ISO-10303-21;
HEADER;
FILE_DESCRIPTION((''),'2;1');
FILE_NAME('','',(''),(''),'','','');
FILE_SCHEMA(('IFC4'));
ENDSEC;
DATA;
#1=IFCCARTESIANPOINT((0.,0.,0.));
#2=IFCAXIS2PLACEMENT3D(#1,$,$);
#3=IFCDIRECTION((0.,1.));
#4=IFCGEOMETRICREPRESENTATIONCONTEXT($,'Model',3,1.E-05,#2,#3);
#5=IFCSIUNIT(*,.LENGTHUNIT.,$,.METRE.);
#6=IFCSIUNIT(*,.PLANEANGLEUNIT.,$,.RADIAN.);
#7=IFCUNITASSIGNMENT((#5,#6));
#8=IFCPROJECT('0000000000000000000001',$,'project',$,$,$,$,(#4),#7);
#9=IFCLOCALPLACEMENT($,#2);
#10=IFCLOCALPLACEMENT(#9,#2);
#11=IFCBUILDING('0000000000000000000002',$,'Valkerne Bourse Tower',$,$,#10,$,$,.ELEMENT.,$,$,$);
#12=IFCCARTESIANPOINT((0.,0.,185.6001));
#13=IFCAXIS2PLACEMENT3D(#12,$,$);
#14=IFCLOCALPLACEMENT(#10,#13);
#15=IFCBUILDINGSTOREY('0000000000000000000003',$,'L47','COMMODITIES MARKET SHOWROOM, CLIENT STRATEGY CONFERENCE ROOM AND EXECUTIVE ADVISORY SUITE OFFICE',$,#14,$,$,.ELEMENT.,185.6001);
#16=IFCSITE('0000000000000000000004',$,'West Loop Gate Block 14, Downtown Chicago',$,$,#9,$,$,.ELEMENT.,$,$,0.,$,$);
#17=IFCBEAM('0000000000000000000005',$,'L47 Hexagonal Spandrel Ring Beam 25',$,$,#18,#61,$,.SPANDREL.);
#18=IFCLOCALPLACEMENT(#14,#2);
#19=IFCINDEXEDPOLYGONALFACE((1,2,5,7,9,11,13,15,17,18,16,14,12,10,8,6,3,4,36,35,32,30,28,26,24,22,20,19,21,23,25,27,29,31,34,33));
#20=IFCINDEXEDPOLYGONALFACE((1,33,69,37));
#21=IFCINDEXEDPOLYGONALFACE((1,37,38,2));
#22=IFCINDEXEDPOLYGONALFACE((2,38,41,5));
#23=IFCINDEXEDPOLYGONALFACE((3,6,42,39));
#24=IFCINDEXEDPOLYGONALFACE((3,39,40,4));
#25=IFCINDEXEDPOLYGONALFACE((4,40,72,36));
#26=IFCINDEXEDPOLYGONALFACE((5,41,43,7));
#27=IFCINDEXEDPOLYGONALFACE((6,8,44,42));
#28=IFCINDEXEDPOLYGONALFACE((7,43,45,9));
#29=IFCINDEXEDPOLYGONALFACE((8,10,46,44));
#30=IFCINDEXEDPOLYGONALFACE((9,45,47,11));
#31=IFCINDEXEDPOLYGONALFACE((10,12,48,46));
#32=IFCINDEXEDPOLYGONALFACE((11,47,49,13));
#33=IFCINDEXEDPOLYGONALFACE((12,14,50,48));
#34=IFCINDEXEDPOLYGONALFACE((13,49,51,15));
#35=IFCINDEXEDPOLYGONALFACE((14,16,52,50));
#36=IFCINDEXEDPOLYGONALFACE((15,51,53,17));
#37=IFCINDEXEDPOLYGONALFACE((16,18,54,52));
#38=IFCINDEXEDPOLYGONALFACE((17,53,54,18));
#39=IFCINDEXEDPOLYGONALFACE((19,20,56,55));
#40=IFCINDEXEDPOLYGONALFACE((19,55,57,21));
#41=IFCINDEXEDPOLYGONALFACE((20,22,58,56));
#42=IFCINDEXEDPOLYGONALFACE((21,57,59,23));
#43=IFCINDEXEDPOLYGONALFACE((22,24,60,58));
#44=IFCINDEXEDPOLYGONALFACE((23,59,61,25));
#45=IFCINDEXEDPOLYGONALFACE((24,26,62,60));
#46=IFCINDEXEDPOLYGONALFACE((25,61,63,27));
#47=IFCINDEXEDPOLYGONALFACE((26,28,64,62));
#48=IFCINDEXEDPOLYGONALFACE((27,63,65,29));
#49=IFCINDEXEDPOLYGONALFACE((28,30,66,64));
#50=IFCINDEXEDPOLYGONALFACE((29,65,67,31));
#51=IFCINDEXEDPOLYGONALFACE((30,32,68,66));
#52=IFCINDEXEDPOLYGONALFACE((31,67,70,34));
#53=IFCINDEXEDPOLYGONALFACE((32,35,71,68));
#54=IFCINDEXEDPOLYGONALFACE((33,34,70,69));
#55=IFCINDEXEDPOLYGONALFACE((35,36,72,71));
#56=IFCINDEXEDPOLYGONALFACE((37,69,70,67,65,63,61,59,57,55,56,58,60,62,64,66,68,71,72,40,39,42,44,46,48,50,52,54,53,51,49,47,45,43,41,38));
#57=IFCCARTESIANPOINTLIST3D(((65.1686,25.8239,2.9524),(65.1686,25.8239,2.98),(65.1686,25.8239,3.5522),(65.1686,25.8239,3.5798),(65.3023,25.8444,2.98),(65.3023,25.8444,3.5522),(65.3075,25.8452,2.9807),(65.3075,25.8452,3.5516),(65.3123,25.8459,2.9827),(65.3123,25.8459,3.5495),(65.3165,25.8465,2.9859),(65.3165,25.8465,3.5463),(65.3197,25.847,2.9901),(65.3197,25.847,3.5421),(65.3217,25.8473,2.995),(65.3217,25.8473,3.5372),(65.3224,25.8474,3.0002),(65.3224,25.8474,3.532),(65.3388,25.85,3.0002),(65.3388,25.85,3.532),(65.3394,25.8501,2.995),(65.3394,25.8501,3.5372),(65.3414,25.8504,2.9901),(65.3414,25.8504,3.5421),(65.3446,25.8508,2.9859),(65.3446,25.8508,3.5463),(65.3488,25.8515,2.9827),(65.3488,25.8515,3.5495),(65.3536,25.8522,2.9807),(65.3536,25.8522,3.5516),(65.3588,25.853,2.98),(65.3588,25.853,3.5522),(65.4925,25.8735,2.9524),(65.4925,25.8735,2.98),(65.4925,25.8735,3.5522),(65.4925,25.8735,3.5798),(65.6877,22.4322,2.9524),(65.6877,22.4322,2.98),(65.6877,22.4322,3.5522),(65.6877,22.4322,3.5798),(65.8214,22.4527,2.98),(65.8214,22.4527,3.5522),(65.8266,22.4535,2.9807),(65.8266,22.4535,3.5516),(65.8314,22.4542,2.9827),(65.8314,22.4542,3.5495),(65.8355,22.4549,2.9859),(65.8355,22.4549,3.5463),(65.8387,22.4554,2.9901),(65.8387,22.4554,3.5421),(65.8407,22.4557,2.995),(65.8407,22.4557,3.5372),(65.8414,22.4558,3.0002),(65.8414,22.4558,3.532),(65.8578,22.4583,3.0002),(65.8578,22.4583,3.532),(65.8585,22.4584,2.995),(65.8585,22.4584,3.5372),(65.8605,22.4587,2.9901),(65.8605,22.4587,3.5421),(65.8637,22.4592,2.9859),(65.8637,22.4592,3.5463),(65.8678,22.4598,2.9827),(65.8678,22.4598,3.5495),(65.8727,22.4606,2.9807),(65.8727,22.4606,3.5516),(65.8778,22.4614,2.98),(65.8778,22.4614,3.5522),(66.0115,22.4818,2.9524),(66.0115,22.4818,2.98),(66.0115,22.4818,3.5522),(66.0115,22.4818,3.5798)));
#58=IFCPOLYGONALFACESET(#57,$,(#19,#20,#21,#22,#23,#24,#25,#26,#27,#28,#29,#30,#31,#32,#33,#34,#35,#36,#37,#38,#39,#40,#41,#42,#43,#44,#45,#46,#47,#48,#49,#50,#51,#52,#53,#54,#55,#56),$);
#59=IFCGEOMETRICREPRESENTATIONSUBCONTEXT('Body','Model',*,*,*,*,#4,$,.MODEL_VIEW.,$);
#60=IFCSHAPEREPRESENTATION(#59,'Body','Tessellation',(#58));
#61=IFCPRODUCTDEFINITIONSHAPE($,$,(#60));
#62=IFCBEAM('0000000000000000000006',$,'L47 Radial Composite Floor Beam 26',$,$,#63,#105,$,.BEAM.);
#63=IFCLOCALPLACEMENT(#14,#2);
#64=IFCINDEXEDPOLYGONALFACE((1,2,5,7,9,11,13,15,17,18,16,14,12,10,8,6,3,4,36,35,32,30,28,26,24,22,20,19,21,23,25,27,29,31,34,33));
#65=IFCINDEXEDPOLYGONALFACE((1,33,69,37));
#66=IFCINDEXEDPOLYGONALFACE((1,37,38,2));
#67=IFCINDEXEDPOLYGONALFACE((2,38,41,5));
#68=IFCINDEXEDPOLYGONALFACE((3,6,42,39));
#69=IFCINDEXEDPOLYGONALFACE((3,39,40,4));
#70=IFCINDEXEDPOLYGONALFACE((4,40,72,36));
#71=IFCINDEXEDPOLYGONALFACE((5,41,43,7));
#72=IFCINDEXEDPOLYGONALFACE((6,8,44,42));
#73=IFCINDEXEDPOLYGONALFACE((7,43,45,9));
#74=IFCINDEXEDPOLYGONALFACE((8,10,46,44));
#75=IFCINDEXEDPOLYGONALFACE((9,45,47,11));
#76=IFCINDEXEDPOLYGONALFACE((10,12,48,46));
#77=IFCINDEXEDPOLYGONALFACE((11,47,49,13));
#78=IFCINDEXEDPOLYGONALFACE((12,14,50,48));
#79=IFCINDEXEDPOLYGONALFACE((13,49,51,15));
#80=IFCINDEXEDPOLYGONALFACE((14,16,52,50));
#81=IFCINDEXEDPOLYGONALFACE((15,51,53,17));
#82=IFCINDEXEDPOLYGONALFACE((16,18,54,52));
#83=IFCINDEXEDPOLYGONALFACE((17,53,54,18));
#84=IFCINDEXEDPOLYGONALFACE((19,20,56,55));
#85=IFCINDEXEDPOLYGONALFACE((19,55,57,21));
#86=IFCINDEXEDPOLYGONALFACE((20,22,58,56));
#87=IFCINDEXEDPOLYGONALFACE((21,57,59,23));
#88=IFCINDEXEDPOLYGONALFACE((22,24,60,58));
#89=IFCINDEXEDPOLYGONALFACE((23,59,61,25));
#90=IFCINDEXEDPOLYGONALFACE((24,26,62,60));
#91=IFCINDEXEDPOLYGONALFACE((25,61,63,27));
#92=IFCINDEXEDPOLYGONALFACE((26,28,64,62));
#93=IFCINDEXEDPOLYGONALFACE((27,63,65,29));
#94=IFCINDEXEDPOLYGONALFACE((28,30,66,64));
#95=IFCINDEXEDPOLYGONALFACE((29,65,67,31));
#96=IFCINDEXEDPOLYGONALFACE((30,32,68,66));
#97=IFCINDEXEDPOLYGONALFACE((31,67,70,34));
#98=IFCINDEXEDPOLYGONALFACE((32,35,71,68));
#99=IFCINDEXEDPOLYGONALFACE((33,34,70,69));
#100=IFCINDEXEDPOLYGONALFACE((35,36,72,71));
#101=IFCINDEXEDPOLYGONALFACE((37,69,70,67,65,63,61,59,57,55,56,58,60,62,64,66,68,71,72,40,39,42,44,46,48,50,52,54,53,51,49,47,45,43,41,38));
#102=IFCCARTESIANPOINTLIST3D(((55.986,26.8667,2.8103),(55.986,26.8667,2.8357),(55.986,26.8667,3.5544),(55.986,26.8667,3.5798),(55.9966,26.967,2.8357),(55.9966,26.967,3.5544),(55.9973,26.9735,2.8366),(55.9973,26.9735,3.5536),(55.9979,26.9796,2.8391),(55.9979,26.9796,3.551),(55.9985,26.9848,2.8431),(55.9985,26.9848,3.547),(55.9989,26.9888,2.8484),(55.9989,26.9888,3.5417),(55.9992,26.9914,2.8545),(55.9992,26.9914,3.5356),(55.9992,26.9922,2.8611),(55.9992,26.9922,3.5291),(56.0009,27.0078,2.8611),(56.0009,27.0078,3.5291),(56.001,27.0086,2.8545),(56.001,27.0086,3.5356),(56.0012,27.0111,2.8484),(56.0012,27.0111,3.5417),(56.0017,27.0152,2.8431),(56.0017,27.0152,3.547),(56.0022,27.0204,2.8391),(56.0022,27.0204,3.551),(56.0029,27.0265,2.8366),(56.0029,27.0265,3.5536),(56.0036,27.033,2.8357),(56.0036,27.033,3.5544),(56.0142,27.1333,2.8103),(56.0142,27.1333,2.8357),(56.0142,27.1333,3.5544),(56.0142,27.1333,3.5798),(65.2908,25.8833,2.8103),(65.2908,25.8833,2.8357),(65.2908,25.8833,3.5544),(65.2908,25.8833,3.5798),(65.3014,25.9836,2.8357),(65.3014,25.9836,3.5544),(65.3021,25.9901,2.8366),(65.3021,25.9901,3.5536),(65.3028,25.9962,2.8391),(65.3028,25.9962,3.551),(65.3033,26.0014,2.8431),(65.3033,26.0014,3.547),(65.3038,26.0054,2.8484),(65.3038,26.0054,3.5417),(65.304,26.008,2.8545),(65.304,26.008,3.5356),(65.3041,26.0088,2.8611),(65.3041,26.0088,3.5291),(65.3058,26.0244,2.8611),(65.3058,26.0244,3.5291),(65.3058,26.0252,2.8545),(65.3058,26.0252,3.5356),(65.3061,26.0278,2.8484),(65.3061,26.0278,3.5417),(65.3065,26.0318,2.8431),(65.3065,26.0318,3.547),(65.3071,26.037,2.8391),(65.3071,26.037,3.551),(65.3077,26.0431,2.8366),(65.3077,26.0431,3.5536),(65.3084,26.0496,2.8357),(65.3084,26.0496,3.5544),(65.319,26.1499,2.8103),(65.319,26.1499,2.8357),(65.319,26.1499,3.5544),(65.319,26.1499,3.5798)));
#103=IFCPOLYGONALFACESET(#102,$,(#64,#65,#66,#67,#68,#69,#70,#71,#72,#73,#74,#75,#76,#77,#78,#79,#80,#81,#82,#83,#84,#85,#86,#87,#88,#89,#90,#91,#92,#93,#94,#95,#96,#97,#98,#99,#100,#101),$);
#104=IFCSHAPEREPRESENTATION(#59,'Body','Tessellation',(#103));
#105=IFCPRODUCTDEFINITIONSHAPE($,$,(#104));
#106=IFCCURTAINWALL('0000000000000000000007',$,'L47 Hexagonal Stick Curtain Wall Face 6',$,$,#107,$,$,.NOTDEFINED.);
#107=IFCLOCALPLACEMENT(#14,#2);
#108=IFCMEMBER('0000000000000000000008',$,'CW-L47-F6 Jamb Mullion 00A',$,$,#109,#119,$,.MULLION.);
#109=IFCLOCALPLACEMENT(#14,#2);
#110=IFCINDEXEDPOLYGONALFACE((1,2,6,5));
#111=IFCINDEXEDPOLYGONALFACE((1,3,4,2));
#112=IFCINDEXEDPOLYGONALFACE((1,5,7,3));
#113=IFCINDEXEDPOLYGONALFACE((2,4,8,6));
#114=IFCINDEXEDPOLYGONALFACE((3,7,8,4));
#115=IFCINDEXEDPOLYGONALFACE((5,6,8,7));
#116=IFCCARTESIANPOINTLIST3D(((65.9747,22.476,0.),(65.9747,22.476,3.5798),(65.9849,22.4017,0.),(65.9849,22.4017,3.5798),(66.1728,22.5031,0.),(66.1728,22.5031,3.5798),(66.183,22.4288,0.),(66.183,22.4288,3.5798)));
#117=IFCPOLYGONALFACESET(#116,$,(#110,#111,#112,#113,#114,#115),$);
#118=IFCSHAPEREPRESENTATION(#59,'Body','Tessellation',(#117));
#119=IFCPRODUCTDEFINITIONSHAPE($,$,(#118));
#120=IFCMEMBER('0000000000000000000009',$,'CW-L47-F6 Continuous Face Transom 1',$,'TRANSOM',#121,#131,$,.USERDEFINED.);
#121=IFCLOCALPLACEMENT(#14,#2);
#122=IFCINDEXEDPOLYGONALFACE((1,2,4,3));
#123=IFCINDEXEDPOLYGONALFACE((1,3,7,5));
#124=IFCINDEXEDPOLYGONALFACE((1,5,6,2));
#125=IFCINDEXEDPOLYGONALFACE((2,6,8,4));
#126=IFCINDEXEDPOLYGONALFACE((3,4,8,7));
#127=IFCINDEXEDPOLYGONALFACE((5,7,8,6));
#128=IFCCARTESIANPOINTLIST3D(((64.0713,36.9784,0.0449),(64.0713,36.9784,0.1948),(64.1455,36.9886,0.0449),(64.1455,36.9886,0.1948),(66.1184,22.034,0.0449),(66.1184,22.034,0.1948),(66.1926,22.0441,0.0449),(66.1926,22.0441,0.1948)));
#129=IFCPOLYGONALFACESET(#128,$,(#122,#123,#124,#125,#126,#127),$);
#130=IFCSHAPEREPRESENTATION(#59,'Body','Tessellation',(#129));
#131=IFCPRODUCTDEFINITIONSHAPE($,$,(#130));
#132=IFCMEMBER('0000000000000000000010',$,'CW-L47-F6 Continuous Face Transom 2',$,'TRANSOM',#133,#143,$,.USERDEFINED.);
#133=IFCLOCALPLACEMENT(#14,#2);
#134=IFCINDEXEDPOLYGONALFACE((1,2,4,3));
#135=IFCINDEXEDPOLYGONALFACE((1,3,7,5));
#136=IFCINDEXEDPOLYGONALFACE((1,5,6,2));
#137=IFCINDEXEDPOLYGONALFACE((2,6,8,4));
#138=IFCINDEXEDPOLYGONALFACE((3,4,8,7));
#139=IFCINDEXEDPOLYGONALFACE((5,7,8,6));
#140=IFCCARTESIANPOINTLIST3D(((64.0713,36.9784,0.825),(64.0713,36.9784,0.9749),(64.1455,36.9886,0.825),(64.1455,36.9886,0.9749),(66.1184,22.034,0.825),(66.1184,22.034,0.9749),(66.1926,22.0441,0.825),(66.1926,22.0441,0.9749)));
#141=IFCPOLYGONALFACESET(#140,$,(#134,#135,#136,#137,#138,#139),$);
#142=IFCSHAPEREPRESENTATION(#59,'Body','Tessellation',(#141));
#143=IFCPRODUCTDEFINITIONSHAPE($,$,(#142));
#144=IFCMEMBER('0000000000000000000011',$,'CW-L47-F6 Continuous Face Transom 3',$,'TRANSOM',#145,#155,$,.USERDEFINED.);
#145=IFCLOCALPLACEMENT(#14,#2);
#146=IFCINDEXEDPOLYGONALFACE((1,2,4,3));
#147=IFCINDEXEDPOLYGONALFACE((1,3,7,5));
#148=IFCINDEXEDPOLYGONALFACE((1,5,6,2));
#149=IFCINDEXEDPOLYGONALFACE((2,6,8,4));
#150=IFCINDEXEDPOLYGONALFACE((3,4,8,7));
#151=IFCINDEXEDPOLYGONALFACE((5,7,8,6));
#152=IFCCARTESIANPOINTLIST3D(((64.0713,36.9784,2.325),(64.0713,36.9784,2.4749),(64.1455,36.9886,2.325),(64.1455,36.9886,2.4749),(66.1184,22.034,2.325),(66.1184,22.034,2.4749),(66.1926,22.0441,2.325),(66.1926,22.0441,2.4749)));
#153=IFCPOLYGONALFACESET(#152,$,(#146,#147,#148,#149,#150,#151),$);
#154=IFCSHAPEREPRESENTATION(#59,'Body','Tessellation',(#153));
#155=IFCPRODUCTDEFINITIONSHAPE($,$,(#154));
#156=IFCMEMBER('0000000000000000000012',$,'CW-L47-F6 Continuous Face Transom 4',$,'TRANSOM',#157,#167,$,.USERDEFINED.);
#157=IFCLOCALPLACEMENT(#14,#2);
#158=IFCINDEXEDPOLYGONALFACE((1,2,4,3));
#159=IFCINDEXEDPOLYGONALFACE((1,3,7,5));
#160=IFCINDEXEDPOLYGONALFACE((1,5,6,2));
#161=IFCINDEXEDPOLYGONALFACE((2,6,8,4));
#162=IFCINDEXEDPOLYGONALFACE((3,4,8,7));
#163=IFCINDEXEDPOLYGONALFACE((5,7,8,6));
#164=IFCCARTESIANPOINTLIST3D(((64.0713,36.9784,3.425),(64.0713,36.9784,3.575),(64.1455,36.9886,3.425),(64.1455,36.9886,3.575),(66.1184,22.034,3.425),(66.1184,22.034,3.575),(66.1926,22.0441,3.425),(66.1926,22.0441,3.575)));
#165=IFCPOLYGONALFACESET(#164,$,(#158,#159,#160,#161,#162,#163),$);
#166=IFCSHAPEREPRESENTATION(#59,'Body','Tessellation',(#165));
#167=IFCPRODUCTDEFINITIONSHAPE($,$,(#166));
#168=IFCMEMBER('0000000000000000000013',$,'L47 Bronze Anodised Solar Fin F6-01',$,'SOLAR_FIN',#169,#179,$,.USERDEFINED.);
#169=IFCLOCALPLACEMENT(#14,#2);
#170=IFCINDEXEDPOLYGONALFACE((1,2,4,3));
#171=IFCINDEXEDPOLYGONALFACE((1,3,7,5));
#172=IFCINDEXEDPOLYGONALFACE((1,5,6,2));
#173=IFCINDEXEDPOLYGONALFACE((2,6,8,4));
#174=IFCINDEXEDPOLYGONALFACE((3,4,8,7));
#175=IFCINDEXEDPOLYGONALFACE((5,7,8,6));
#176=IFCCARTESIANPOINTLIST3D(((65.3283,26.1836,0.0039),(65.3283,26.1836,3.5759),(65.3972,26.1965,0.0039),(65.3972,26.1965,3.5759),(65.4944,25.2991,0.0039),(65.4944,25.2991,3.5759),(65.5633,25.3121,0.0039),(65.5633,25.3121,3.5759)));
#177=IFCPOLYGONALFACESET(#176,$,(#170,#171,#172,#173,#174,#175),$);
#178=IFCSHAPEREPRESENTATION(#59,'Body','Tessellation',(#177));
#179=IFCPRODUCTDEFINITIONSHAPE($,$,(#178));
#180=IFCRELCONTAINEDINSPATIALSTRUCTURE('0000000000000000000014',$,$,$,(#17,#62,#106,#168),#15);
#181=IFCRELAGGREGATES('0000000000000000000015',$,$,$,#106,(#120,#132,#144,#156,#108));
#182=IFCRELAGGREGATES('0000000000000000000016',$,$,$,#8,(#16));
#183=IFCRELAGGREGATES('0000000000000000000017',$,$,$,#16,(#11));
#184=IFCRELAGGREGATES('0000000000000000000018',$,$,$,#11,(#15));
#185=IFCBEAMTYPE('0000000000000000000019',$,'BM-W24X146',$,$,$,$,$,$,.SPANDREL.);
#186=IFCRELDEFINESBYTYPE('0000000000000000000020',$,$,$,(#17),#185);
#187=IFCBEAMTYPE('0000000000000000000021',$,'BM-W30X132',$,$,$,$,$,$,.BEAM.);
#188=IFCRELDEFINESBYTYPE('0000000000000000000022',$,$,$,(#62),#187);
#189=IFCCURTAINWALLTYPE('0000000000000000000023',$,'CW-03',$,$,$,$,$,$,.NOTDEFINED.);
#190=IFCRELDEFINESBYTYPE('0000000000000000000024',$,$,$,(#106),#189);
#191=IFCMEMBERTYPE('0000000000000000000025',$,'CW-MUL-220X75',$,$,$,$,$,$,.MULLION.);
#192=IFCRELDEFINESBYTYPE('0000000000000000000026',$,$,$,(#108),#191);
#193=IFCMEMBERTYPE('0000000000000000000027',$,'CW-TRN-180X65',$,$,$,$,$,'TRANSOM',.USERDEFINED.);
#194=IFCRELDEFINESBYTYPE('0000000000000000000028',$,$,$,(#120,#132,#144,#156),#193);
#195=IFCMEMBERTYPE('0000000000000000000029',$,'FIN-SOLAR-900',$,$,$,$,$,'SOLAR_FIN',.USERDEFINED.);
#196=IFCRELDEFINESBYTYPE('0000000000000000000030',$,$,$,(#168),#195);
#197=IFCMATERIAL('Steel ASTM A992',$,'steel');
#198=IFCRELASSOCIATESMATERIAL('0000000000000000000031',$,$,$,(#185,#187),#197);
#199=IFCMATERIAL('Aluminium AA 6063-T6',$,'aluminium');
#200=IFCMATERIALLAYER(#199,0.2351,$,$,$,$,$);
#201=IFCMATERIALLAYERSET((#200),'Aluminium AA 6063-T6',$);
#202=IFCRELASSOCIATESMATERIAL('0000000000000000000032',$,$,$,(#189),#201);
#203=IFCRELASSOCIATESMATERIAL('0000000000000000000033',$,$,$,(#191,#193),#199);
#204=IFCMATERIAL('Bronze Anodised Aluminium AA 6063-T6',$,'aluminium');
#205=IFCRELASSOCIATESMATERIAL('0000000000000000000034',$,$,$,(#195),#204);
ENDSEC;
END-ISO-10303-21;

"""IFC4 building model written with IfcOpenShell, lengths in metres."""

from ifc_helpers import new_model, si_unit, direction, frame, origin, origin_2d, place, context, subcontext, project, spatial, rectangle, i_section, extrude, material, layer, layer_set, material_profile, profile_set, type_object, element, aggregate, save


model = new_model("IFC4")

# Units and contexts
model_context = context("Model", 3, precision=1e-05, world=origin(), true_north=direction((0.0, 1.0)))
body_context = subcontext(model_context, "Body", "Model", "MODEL_VIEW")
ifc_project = project(units=[si_unit("LENGTHUNIT", "METRE"), si_unit("PLANEANGLEUNIT", "RADIAN")], contexts=[model_context])

# Site, building, storey
site_placement = place(None, origin())
site = spatial("IfcSite", under=ifc_project, at=site_placement, Name="West Loop Gate Block 14, Downtown Chicago", CompositionType="ELEMENT", RefElevation=0.0)
building_placement = place(site_placement, origin())
building = spatial("IfcBuilding", under=site, at=building_placement, Name="Valkerne Bourse Tower", CompositionType="ELEMENT")
storey_placement = place(building_placement, frame((0.0, 0.0, 185.6001)))
storey = spatial("IfcBuildingStorey", under=building, at=storey_placement, Name="L47", Description="COMMODITIES MARKET SHOWROOM, CLIENT STRATEGY CONFERENCE ROOM AND EXECUTIVE ADVISORY SUITE OFFICE", CompositionType="ELEMENT", Elevation=185.6001)

# Beams
ifc_material_1 = material(Name="Steel ASTM A992", Category="steel")
ifc_material_profile_1 = material_profile(ifc_material_1, i_section(OverallWidth=0.3276, OverallDepth=0.6274, WebThickness=0.0166, FlangeThickness=0.0276, FilletRadius=0.0203, at=origin_2d()), Name="W24X146")
ifc_profile_set_1 = profile_set([ifc_material_profile_1], Name="Steel ASTM A992")
beam_type_1 = type_object("IfcBeamType", Name="BM-W24X146", PredefinedType="SPANDREL", material=ifc_profile_set_1)
beam_1_placement = place(storey_placement, frame((65.8496, 22.457, 3.2661), z_axis=(-0.151276, 0.988491, 0.0), x_axis=(-0.988491, -0.151276, 0.0)))
element("IfcBeam", 1, at=beam_1_placement, inside=storey, type_object=beam_type_1, Name="L47 Hexagonal Spandrel Ring Beam 25", PredefinedType="SPANDREL", context=body_context, shape_type="SweptSolid", body=[
    extrude(i_section(OverallWidth=0.3276, OverallDepth=0.6274, WebThickness=0.0166, FlangeThickness=0.0276, FilletRadius=0.0203, at=origin_2d()), origin(), (0.0, 0.0, 1.0), 3.4312),
])
ifc_material_profile_2 = material_profile(ifc_material_1, i_section(OverallWidth=0.2681, OverallDepth=0.7695, WebThickness=0.0156, FlangeThickness=0.0254, FilletRadius=0.0254, at=origin_2d()), Name="W30X132")
ifc_profile_set_2 = profile_set([ifc_material_profile_2], Name="Steel ASTM A992")
beam_type_2 = type_object("IfcBeamType", Name="BM-W30X132", PredefinedType="BEAM", material=ifc_profile_set_2)
beam_2_placement = place(storey_placement, frame((65.3049, 26.0166, 3.1951), z_axis=(-0.994462, 0.1051, 0.0), x_axis=(-0.1051, -0.994462, 0.0)))
element("IfcBeam", 2, at=beam_2_placement, inside=storey, type_object=beam_type_2, Name="L47 Radial Composite Floor Beam 26", PredefinedType="BEAM", context=body_context, shape_type="SweptSolid", body=[
    extrude(i_section(OverallWidth=0.2681, OverallDepth=0.7695, WebThickness=0.0156, FlangeThickness=0.0254, FilletRadius=0.0254, at=origin_2d()), origin(), (0.0, 0.0, 1.0), 9.3567),
])

# Curtain wall, members
ifc_material_2 = material(Name="Aluminium AA 6063-T6", Category="aluminium")
ifc_layer_1 = layer(ifc_material_2, 0.2351)
ifc_layer_set_1 = layer_set([ifc_layer_1], Name="Aluminium AA 6063-T6")
curtain_wall_type = type_object("IfcCurtainWallType", Name="CW-03", PredefinedType="NOTDEFINED", material=ifc_layer_set_1)
curtain_wall_placement = place(storey_placement, origin())
curtain_wall = element("IfcCurtainWall", 3, at=curtain_wall_placement, inside=storey, type_object=curtain_wall_type, Name="L47 Hexagonal Stick Curtain Wall Face 6", PredefinedType="NOTDEFINED")
ifc_material_profile_3 = material_profile(ifc_material_2, rectangle(XDim=0.075, YDim=0.2, at=origin_2d()), Name="CWM-75X200")
ifc_profile_set_3 = profile_set([ifc_material_profile_3], Name="Aluminium AA 6063-T6")
member_type_1 = type_object("IfcMemberType", Name="CW-MUL-220X75", PredefinedType="MULLION", material=ifc_profile_set_3)
member_1_placement = place(storey_placement, frame((66.0789, 22.4524, 0.0), z_axis=(0.0, 0.0, 1.0), x_axis=(-0.135694, 0.990751, 0.0)))
member_1 = element("IfcMember", 4, at=member_1_placement, type_object=member_type_1, Name="CW-L47-F6 Jamb Mullion 00A", PredefinedType="MULLION", context=body_context, shape_type="SweptSolid", body=[
    extrude(rectangle(XDim=0.075, YDim=0.2, at=origin_2d()), origin(), (0.0, 0.0, 1.0), 3.5798),
])
ifc_material_profile_4 = material_profile(ifc_material_2, rectangle(XDim=0.075, YDim=0.1499, at=origin_2d()), Name="CWT-75X150")
ifc_profile_set_4 = profile_set([ifc_material_profile_4], Name="Aluminium AA 6063-T6")
member_type_2 = type_object("IfcMemberType", Name="CW-TRN-180X65", ElementType="TRANSOM", PredefinedType="USERDEFINED", material=ifc_profile_set_4)
member_2_placement = place(storey_placement, frame((66.1555, 22.0391, 0.1199), z_axis=(-0.135716, 0.990748, 0.0), x_axis=(-0.990748, -0.135716, 0.0)))
member_2 = element("IfcMember", 5, at=member_2_placement, type_object=member_type_2, Name="CW-L47-F6 Continuous Face Transom 1", ObjectType="TRANSOM", PredefinedType="USERDEFINED", context=body_context, shape_type="SweptSolid", body=[
    extrude(rectangle(XDim=0.075, YDim=0.1499, at=origin_2d()), origin(), (0.0, 0.0, 1.0), 15.084),
])
member_3_placement = place(storey_placement, frame((66.1555, 22.0391, 0.8999), z_axis=(-0.135716, 0.990748, 0.0), x_axis=(-0.990748, -0.135716, 0.0)))
member_3 = element("IfcMember", 6, at=member_3_placement, type_object=member_type_2, Name="CW-L47-F6 Continuous Face Transom 2", ObjectType="TRANSOM", PredefinedType="USERDEFINED", context=body_context, shape_type="SweptSolid", body=[
    extrude(rectangle(XDim=0.075, YDim=0.1499, at=origin_2d()), origin(), (0.0, 0.0, 1.0), 15.084),
])
member_4_placement = place(storey_placement, frame((66.1555, 22.0391, 2.3999), z_axis=(-0.135716, 0.990748, 0.0), x_axis=(-0.990748, -0.135716, 0.0)))
member_4 = element("IfcMember", 7, at=member_4_placement, type_object=member_type_2, Name="CW-L47-F6 Continuous Face Transom 3", ObjectType="TRANSOM", PredefinedType="USERDEFINED", context=body_context, shape_type="SweptSolid", body=[
    extrude(rectangle(XDim=0.075, YDim=0.1499, at=origin_2d()), origin(), (0.0, 0.0, 1.0), 15.084),
])
member_5_placement = place(storey_placement, frame((66.1555, 22.0391, 3.5), z_axis=(-0.135716, 0.990748, 0.0), x_axis=(-0.990748, -0.135716, 0.0)))
member_5 = element("IfcMember", 8, at=member_5_placement, type_object=member_type_2, Name="CW-L47-F6 Continuous Face Transom 4", ObjectType="TRANSOM", PredefinedType="USERDEFINED", context=body_context, shape_type="SweptSolid", body=[
    extrude(rectangle(XDim=0.075, YDim=0.1499, at=origin_2d()), origin(), (0.0, 0.0, 1.0), 15.084),
])

# Member
ifc_material_3 = material(Name="Bronze Anodised Aluminium AA 6063-T6", Category="aluminium")
ifc_material_profile_5 = material_profile(ifc_material_3, rectangle(XDim=0.0701, YDim=0.8999, at=origin_2d()), Name="FIN-70X900")
ifc_profile_set_5 = profile_set([ifc_material_profile_5], Name="Bronze Anodised Aluminium AA 6063-T6")
member_type_3 = type_object("IfcMemberType", Name="FIN-SOLAR-900", ElementType="SOLAR_FIN", PredefinedType="USERDEFINED", material=ifc_profile_set_5)
member_6_placement = place(storey_placement, frame((65.4458, 25.7478, 0.0039), z_axis=(0.0, 0.0, 1.0), x_axis=(0.982809, 0.184624, 0.0)))
element("IfcMember", 9, at=member_6_placement, inside=storey, type_object=member_type_3, Name="L47 Bronze Anodised Solar Fin F6-01", ObjectType="SOLAR_FIN", PredefinedType="USERDEFINED", context=body_context, shape_type="SweptSolid", body=[
    extrude(rectangle(XDim=0.0701, YDim=0.8999, at=origin_2d()), origin(), (0.0, 0.0, 1.0), 3.572),
])

aggregate(curtain_wall, [member_2, member_3, member_4, member_5, member_1])

save(model, "model.ifc")
